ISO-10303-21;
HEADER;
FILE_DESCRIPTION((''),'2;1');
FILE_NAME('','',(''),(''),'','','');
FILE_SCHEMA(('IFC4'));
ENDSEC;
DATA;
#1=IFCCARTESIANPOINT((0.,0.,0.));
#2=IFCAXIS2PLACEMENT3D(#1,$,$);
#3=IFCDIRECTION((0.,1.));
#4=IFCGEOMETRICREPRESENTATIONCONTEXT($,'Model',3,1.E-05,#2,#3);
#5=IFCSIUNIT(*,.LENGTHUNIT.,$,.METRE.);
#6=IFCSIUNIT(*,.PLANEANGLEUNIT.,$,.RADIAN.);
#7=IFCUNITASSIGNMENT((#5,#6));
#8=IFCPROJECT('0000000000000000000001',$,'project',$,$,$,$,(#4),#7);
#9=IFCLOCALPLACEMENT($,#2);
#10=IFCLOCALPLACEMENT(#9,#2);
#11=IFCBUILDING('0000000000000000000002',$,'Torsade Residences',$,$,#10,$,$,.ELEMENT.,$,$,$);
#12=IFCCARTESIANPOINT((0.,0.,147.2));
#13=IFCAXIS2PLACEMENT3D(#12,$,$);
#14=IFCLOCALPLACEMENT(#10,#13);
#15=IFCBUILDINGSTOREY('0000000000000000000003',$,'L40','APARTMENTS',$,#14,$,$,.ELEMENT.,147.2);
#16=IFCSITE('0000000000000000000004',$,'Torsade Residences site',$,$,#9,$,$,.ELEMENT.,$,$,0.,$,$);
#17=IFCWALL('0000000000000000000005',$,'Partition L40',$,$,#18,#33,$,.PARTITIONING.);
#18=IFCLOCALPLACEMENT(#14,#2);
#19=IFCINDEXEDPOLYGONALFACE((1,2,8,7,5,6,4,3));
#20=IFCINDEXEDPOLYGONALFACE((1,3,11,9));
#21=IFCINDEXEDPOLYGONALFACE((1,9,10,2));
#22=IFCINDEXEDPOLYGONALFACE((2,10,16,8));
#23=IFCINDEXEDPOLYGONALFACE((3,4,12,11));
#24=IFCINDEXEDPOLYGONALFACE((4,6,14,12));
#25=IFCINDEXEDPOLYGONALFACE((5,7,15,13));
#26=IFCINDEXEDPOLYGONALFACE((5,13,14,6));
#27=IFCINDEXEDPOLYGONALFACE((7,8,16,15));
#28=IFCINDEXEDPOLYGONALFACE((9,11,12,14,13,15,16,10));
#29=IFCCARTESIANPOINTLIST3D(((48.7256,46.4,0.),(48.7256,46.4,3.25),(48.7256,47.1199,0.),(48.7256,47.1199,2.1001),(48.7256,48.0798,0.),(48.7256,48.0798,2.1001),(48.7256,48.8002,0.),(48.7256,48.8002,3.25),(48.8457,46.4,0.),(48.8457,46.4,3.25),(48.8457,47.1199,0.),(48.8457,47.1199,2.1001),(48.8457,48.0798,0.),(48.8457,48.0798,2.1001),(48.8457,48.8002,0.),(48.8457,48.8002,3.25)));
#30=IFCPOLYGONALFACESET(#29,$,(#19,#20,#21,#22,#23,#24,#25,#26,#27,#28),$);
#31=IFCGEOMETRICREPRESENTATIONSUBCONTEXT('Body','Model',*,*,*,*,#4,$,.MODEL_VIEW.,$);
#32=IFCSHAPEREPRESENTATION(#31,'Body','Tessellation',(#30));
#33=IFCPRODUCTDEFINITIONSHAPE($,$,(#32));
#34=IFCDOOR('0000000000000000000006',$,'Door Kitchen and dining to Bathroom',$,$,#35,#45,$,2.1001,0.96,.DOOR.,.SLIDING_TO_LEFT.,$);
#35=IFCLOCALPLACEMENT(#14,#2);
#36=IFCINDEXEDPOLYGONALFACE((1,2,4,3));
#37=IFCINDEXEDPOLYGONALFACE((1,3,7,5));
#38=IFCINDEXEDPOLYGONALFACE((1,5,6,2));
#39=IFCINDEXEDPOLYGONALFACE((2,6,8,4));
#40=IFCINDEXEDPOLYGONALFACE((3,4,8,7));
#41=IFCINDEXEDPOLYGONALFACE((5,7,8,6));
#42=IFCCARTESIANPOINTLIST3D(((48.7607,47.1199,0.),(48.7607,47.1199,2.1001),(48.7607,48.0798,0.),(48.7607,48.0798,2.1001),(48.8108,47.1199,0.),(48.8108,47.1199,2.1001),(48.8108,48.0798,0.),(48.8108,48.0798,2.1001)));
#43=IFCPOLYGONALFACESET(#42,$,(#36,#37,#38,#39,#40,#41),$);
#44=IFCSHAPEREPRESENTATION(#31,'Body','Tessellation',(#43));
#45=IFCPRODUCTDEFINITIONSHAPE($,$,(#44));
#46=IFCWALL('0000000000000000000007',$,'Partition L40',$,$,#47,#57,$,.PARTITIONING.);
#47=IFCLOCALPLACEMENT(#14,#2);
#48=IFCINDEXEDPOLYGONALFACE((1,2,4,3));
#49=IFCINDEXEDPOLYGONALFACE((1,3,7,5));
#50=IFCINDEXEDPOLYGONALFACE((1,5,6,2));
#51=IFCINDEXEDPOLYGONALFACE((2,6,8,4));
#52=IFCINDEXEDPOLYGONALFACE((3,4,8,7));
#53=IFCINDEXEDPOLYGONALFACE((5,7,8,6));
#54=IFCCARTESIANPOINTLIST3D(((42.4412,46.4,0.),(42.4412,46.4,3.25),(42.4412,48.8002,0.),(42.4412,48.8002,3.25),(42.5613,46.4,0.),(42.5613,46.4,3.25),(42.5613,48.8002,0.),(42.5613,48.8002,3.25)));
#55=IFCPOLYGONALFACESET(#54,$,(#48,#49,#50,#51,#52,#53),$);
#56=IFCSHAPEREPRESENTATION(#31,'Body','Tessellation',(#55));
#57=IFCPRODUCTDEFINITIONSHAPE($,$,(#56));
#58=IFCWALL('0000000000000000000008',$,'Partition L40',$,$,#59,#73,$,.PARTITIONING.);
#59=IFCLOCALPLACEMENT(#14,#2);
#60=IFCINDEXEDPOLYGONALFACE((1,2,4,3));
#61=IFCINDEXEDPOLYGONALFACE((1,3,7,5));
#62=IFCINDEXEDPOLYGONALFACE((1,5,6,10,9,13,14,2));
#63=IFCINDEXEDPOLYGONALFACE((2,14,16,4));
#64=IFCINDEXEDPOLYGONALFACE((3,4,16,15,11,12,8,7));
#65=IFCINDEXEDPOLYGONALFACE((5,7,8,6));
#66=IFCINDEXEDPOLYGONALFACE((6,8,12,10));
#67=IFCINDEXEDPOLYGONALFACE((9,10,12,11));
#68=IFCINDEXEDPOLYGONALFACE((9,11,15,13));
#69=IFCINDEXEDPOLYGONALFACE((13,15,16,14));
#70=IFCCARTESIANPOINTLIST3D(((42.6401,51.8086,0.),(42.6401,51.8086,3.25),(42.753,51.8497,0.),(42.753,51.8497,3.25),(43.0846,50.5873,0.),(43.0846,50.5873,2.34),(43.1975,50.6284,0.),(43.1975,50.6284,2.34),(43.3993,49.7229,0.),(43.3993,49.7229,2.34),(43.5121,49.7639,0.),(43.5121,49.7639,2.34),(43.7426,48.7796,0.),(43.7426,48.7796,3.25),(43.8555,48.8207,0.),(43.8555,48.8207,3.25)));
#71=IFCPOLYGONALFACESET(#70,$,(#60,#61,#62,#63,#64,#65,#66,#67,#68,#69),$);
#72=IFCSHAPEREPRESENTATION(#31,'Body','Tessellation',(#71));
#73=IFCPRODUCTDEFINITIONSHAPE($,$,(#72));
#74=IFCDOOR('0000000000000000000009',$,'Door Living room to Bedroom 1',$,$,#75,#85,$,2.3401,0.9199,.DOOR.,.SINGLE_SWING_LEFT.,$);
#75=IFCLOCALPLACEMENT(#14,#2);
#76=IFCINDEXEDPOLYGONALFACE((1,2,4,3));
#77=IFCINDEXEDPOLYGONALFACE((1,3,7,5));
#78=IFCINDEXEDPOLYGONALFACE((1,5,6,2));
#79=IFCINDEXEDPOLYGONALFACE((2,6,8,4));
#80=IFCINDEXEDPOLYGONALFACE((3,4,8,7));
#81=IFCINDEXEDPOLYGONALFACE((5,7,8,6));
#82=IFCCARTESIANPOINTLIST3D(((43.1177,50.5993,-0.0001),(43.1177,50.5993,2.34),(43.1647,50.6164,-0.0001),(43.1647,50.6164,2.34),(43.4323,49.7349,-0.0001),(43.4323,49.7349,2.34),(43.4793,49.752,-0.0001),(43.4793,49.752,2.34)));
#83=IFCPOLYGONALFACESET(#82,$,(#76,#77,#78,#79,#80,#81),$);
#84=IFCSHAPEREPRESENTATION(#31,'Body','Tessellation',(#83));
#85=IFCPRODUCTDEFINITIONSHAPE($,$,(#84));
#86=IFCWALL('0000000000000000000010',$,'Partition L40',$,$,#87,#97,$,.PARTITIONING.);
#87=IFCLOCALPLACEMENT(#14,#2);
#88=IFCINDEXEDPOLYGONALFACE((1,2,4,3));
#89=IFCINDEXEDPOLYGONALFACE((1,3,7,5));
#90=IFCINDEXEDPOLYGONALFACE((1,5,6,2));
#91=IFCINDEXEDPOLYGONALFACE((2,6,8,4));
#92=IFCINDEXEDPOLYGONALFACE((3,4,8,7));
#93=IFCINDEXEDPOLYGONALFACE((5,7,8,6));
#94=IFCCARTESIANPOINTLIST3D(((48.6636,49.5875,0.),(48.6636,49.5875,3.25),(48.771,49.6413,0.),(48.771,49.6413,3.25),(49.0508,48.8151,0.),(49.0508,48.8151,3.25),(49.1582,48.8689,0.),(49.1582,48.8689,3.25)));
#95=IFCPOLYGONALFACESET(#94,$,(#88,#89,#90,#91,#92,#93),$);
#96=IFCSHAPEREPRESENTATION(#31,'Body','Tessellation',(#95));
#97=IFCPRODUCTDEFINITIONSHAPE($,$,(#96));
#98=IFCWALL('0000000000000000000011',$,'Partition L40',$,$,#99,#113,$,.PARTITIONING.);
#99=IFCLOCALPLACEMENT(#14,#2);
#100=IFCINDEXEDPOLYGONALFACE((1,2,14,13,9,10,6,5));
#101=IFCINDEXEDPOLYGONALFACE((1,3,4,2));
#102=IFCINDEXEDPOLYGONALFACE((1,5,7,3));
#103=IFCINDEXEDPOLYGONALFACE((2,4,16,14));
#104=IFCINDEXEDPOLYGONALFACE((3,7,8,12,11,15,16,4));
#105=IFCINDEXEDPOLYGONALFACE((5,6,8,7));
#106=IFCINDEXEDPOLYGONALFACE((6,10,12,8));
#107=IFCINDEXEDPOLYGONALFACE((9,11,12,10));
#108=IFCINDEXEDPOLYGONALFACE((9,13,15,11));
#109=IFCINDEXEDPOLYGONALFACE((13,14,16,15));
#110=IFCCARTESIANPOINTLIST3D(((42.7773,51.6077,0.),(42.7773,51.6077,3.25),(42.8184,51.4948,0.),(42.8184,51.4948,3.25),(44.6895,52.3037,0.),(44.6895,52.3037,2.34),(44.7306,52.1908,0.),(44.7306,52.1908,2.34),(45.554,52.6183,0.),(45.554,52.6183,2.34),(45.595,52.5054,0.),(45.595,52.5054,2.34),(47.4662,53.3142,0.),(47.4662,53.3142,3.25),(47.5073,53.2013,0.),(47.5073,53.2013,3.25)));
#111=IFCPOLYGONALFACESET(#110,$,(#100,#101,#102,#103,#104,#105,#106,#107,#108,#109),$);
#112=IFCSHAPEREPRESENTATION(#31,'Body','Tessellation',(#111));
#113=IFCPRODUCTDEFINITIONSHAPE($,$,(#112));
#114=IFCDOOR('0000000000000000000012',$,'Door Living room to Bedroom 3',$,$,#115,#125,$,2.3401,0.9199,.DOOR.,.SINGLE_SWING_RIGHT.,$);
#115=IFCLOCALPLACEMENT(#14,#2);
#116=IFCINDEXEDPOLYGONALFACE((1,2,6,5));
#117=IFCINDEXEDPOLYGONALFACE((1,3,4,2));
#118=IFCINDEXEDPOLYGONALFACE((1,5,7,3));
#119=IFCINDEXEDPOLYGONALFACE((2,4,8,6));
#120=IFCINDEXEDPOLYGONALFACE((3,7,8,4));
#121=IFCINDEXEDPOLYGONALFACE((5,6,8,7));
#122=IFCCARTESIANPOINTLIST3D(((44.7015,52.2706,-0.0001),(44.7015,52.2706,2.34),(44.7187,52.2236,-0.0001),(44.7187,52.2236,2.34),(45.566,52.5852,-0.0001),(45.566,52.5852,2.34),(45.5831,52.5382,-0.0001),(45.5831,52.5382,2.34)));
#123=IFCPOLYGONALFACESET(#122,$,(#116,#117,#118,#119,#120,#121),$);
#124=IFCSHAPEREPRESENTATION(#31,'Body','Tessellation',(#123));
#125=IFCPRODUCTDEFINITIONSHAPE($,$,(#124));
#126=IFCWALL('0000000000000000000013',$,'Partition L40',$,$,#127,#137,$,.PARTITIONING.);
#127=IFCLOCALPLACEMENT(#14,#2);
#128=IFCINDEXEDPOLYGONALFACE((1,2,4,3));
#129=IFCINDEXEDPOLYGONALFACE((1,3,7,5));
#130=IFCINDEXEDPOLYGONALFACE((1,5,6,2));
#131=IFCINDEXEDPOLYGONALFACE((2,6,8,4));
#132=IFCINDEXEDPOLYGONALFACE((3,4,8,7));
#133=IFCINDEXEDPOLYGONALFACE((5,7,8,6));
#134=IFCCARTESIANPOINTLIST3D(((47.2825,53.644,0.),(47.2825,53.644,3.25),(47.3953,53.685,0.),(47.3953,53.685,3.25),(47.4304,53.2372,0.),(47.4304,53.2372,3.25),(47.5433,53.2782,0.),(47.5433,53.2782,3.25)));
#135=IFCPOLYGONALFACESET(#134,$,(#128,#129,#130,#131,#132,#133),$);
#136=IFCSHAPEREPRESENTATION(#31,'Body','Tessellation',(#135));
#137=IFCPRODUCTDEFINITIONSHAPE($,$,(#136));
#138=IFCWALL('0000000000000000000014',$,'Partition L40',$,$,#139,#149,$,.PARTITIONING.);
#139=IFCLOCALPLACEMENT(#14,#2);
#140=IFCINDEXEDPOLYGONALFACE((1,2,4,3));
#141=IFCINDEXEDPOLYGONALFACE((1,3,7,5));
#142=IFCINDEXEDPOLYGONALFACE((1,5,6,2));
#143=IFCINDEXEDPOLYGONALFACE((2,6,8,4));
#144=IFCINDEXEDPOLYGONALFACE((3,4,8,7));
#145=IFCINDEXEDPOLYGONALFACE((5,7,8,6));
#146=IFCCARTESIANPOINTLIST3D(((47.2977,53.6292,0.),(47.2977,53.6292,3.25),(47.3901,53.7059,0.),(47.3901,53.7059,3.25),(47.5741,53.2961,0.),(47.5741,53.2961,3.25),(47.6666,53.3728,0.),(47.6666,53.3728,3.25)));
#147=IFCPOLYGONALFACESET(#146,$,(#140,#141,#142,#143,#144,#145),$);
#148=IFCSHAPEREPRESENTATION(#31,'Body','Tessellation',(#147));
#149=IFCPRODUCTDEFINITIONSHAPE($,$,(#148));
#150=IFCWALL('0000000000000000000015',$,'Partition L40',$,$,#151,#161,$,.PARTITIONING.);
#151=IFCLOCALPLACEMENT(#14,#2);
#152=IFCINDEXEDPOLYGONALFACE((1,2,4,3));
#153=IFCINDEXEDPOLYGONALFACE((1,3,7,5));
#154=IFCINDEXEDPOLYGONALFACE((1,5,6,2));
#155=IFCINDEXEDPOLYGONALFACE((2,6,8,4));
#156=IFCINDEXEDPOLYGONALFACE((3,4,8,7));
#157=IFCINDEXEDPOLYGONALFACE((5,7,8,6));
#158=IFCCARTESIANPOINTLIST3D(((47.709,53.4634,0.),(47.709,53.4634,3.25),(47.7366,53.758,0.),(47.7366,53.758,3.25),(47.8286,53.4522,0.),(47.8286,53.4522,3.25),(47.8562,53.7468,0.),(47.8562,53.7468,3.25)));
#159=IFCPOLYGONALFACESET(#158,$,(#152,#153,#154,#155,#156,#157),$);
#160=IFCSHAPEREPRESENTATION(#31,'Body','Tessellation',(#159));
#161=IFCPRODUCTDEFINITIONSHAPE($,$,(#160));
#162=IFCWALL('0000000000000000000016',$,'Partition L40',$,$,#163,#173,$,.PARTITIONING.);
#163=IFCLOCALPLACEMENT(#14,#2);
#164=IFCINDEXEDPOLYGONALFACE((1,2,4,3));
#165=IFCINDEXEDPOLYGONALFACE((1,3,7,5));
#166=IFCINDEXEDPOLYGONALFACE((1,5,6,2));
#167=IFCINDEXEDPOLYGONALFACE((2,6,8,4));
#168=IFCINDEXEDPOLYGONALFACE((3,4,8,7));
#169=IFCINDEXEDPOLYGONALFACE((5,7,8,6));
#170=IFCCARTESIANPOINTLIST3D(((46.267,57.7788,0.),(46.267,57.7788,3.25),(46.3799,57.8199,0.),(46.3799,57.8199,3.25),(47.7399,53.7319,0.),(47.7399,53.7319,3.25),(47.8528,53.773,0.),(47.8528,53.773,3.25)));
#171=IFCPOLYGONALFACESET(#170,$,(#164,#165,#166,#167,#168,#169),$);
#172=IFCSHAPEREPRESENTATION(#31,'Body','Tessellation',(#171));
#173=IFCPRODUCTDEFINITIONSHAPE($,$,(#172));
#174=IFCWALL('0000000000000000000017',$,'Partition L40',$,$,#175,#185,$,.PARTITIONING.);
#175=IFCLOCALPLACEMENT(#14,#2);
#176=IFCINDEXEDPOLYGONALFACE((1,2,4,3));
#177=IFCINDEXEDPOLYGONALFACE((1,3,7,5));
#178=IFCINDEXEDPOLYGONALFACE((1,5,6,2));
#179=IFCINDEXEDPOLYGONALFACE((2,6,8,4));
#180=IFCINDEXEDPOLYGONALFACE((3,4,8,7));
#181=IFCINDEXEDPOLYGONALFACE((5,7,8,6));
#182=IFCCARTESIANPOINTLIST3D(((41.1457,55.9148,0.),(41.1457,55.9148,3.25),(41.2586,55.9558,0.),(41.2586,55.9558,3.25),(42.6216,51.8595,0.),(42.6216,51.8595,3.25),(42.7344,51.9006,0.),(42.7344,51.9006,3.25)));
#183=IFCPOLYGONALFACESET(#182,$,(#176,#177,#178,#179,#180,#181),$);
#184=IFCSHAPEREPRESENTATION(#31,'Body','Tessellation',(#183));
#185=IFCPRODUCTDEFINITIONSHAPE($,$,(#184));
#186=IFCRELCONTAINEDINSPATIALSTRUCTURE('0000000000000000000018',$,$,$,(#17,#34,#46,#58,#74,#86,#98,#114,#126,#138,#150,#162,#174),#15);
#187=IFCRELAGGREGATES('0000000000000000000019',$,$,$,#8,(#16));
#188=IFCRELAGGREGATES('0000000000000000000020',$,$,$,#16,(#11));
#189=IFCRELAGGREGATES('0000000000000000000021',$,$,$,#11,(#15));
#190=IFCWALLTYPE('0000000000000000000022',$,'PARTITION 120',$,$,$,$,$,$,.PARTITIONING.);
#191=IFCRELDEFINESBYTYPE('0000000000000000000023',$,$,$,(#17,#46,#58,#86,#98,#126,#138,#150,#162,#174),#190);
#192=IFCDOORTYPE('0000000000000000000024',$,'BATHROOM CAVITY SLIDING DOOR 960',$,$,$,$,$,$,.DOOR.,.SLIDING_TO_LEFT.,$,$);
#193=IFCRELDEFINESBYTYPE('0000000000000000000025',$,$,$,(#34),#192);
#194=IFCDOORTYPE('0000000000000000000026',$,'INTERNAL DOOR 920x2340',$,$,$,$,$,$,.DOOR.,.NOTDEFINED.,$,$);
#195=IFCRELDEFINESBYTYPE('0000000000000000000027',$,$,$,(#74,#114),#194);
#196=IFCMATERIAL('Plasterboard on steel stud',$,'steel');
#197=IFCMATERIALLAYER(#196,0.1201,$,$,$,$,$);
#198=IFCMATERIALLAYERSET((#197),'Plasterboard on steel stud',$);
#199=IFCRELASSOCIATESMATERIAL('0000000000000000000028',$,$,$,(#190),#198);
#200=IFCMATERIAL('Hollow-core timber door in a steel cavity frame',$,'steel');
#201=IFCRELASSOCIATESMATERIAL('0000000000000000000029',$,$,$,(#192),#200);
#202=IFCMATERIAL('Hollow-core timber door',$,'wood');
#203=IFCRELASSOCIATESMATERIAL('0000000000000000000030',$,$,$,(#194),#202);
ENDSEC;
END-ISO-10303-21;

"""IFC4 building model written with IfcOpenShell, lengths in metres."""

from ifc_helpers import new_model, si_unit, direction, frame, frame_2d, origin, place, context, subcontext, project, spatial, rectangle, extrude, material, layer, layer_set, type_object, element, fill, save


model = new_model("IFC4")

# Units and contexts
model_context = context("Model", 3, precision=1e-05, world=origin(), true_north=direction((0.0, 1.0)))
body_context = subcontext(model_context, "Body", "Model", "MODEL_VIEW")
ifc_project = project(units=[si_unit("LENGTHUNIT", "METRE"), si_unit("PLANEANGLEUNIT", "RADIAN")], contexts=[model_context])

# Site, building, storey
site_placement = place(None, origin())
site = spatial("IfcSite", under=ifc_project, at=site_placement, Name="Torsade Residences site", CompositionType="ELEMENT", RefElevation=0.0)
building_placement = place(site_placement, origin())
building = spatial("IfcBuilding", under=site, at=building_placement, Name="Torsade Residences", CompositionType="ELEMENT")
storey_placement = place(building_placement, frame((0.0, 0.0, 147.2)))
storey = spatial("IfcBuildingStorey", under=building, at=storey_placement, Name="L40", Description="APARTMENTS", CompositionType="ELEMENT", Elevation=147.2)

# Wall, opening, door
ifc_material_1 = material(Name="Plasterboard on steel stud", Category="steel")
ifc_layer_1 = layer(ifc_material_1, 0.1201)
ifc_layer_set_1 = layer_set([ifc_layer_1], Name="Plasterboard on steel stud")
wall_type = type_object("IfcWallType", Name="PARTITION 120", PredefinedType="PARTITIONING", material=ifc_layer_set_1)
wall_1_placement = place(storey_placement, frame((48.7856, 46.3999, 0.0), z_axis=(0.0, 0.0, 1.0), x_axis=(0.0, 1.0, 0.0)))
wall_1 = element("IfcWall", 1, at=wall_1_placement, inside=storey, type_object=wall_type, Name="Partition L40", PredefinedType="PARTITIONING", context=body_context, shape_type="SweptSolid", body=[
    extrude(rectangle(XDim=2.4001, YDim=0.1201, at=frame_2d((1.2002, 0.0))), origin(), (0.0, 0.0, 1.0), 3.25),
])
opening_1_placement = place(wall_1_placement, frame((0.72, 0.0, 0.0)))
opening_1 = element("IfcOpeningElement", 2, at=opening_1_placement, cuts=wall_1, PredefinedType="OPENING", context=body_context, shape_type="SweptSolid", body=[
    extrude(rectangle(XDim=0.96, YDim=2.1001, at=frame_2d((0.48, 1.05))), frame((0.0, 0.0701, 0.0), z_axis=(0.0, -1.0, 0.0), x_axis=(1.0, 0.0, 0.0)), (0.0, 0.0, 1.0), 0.1401),
])
ifc_material_2 = material(Name="Hollow-core timber door in a steel cavity frame", Category="steel")
door_type_1 = type_object("IfcDoorType", Name="BATHROOM CAVITY SLIDING DOOR 960", OperationType="SLIDING_TO_LEFT", PredefinedType="DOOR", material=ifc_material_2)
door_1_placement = place(opening_1_placement, origin())
door_1 = element("IfcDoor", 3, at=door_1_placement, inside=storey, type_object=door_type_1, Name="Door Kitchen and dining to Bathroom", OperationType="SLIDING_TO_LEFT", OverallHeight=2.1001, OverallWidth=0.96, PredefinedType="DOOR", context=body_context, shape_type="SweptSolid", body=[
    extrude(rectangle(XDim=0.96, YDim=2.1001, at=frame_2d((0.48, 1.05))), frame((0.0, 0.0249, 0.0), z_axis=(0.0, -1.0, 0.0), x_axis=(1.0, 0.0, 0.0)), (0.0, 0.0, 1.0), 0.05),
])
fill(opening_1, door_1)

# Wall
wall_2_placement = place(storey_placement, frame((42.5012, 46.3999, 0.0), z_axis=(0.0, 0.0, 1.0), x_axis=(0.0, 1.0, 0.0)))
element("IfcWall", 4, at=wall_2_placement, inside=storey, type_object=wall_type, Name="Partition L40", PredefinedType="PARTITIONING", context=body_context, shape_type="SweptSolid", body=[
    extrude(rectangle(XDim=2.4001, YDim=0.1201, at=frame_2d((1.2002, 0.0))), origin(), (0.0, 0.0, 1.0), 3.25),
])

# Wall, opening, door
wall_3_placement = place(storey_placement, frame((43.7991, 48.8, 0.0), z_axis=(0.0, 0.0, 1.0), x_axis=(-0.342035, 0.939687, 0.0)))
wall_3 = element("IfcWall", 5, at=wall_3_placement, inside=storey, type_object=wall_type, Name="Partition L40", PredefinedType="PARTITIONING", context=body_context, shape_type="SweptSolid", body=[
    extrude(rectangle(XDim=3.2234, YDim=0.1201, at=frame_2d((1.6118, 0.0))), origin(), (0.0, 0.0, 1.0), 3.25),
])
opening_2_placement = place(wall_3_placement, frame((1.0039, 0.0, 0.0)))
opening_2 = element("IfcOpeningElement", 6, at=opening_2_placement, cuts=wall_3, PredefinedType="OPENING", context=body_context, shape_type="SweptSolid", body=[
    extrude(rectangle(XDim=0.9199, YDim=2.3401, at=frame_2d((0.46, 1.1699))), frame((0.0, 0.0701, 0.0), z_axis=(0.0, -1.0, 0.0), x_axis=(1.0, 0.0, 0.0)), (0.0, 0.0, 1.0), 0.1401),
])
ifc_material_3 = material(Name="Hollow-core timber door", Category="wood")
door_type_2 = type_object("IfcDoorType", Name="INTERNAL DOOR 920x2340", OperationType="NOTDEFINED", PredefinedType="DOOR", material=ifc_material_3)
door_2_placement = place(opening_2_placement, origin())
door_2 = element("IfcDoor", 7, at=door_2_placement, inside=storey, type_object=door_type_2, Name="Door Living room to Bedroom 1", OperationType="SINGLE_SWING_LEFT", OverallHeight=2.3401, OverallWidth=0.9199, PredefinedType="DOOR", context=body_context, shape_type="SweptSolid", body=[
    extrude(rectangle(XDim=0.9199, YDim=2.3401, at=frame_2d((0.46, 1.1699))), frame((0.0, 0.0249, 0.0), z_axis=(0.0, -1.0, 0.0), x_axis=(1.0, 0.0, 0.0)), (0.0, 0.0, 1.0), 0.05),
])
fill(opening_2, door_2)

# Wall
wall_4_placement = place(storey_placement, frame((48.7173, 49.6145, 0.0), z_axis=(0.0, 0.0, 1.0), x_axis=(0.448118, -0.893975, 0.0)))
element("IfcWall", 8, at=wall_4_placement, inside=storey, type_object=wall_type, Name="Partition L40", PredefinedType="PARTITIONING", context=body_context, shape_type="SweptSolid", body=[
    extrude(rectangle(XDim=0.864, YDim=0.1201, at=frame_2d((0.4321, 0.0))), origin(), (0.0, 0.0, 1.0), 3.25),
])

# Wall, opening, door
wall_5_placement = place(storey_placement, frame((42.7979, 51.5513, 0.0), z_axis=(0.0, 0.0, 1.0), x_axis=(0.939699, 0.342002, 0.0)))
wall_5 = element("IfcWall", 9, at=wall_5_placement, inside=storey, type_object=wall_type, Name="Partition L40", PredefinedType="PARTITIONING", context=body_context, shape_type="SweptSolid", body=[
    extrude(rectangle(XDim=4.9897, YDim=0.1201, at=frame_2d((2.4949, 0.0))), origin(), (0.0, 0.0, 1.0), 3.25),
])
opening_3_placement = place(wall_5_placement, frame((2.0349, 0.0, 0.0)))
opening_3 = element("IfcOpeningElement", 10, at=opening_3_placement, cuts=wall_5, PredefinedType="OPENING", context=body_context, shape_type="SweptSolid", body=[
    extrude(rectangle(XDim=0.9199, YDim=2.3401, at=frame_2d((0.46, 1.1699))), frame((0.0, 0.0701, 0.0), z_axis=(0.0, -1.0, 0.0), x_axis=(1.0, 0.0, 0.0)), (0.0, 0.0, 1.0), 0.1401),
])
door_3_placement = place(opening_3_placement, origin())
door_3 = element("IfcDoor", 11, at=door_3_placement, inside=storey, type_object=door_type_2, Name="Door Living room to Bedroom 3", OperationType="SINGLE_SWING_RIGHT", OverallHeight=2.3401, OverallWidth=0.9199, PredefinedType="DOOR", context=body_context, shape_type="SweptSolid", body=[
    extrude(rectangle(XDim=0.9199, YDim=2.3401, at=frame_2d((0.46, 1.1699))), frame((0.0, 0.0249, 0.0), z_axis=(0.0, -1.0, 0.0), x_axis=(1.0, 0.0, 0.0)), (0.0, 0.0, 1.0), 0.05),
])
fill(opening_3, door_3)

# Walls
for number, where, z_axis, x_axis, name in (
    (12, (47.4868, 53.2578, 0.0), (0.0, 0.0, 1.0), (-0.341834, 0.93976, 0.0), "Partition L40"),
    (13, (47.344, 53.6675, 0.0), (0.0, 0.0, 1.0), (0.638629, -0.769515, 0.0), "Partition L40"),
):
    element("IfcWall", number, at=place(storey_placement, frame(where, z_axis=z_axis, x_axis=x_axis)), inside=storey, type_object=wall_type, Name=name, PredefinedType="PARTITIONING", context=body_context, shape_type="SweptSolid", body=[
        extrude(rectangle(XDim=0.4329, YDim=0.1201, at=frame_2d((0.2163, 0.0))), origin(), (0.0, 0.0, 1.0), 3.25),
    ])
wall_6_placement = place(storey_placement, frame((47.7688, 53.4578, 0.0), z_axis=(0.0, 0.0, 1.0), x_axis=(0.093213, 0.995646, 0.0)))
element("IfcWall", 14, at=wall_6_placement, inside=storey, type_object=wall_type, Name="Partition L40", PredefinedType="PARTITIONING", context=body_context, shape_type="SweptSolid", body=[
    extrude(rectangle(XDim=0.2959, YDim=0.1201, at=frame_2d((0.1479, 0.0))), origin(), (0.0, 0.0, 1.0), 3.25),
])
wall_7_placement = place(storey_placement, frame((47.7964, 53.7524, 0.0), z_axis=(0.0, 0.0, 1.0), x_axis=(-0.342012, 0.939696, 0.0)))
element("IfcWall", 15, at=wall_7_placement, inside=storey, type_object=wall_type, Name="Partition L40", PredefinedType="PARTITIONING", context=body_context, shape_type="SweptSolid", body=[
    extrude(rectangle(XDim=4.3066, YDim=0.1201, at=frame_2d((2.1533, 0.0))), origin(), (0.0, 0.0, 1.0), 3.25),
])
wall_8_placement = place(storey_placement, frame((41.2021, 55.9353, 0.0), z_axis=(0.0, 0.0, 1.0), x_axis=(0.341993, -0.939703, 0.0)))
element("IfcWall", 16, at=wall_8_placement, inside=storey, type_object=wall_type, Name="Partition L40", PredefinedType="PARTITIONING", context=body_context, shape_type="SweptSolid", body=[
    extrude(rectangle(XDim=4.3154, YDim=0.1201, at=frame_2d((2.1577, 0.0))), origin(), (0.0, 0.0, 1.0), 3.25),
])

save(model, "model.ifc")
